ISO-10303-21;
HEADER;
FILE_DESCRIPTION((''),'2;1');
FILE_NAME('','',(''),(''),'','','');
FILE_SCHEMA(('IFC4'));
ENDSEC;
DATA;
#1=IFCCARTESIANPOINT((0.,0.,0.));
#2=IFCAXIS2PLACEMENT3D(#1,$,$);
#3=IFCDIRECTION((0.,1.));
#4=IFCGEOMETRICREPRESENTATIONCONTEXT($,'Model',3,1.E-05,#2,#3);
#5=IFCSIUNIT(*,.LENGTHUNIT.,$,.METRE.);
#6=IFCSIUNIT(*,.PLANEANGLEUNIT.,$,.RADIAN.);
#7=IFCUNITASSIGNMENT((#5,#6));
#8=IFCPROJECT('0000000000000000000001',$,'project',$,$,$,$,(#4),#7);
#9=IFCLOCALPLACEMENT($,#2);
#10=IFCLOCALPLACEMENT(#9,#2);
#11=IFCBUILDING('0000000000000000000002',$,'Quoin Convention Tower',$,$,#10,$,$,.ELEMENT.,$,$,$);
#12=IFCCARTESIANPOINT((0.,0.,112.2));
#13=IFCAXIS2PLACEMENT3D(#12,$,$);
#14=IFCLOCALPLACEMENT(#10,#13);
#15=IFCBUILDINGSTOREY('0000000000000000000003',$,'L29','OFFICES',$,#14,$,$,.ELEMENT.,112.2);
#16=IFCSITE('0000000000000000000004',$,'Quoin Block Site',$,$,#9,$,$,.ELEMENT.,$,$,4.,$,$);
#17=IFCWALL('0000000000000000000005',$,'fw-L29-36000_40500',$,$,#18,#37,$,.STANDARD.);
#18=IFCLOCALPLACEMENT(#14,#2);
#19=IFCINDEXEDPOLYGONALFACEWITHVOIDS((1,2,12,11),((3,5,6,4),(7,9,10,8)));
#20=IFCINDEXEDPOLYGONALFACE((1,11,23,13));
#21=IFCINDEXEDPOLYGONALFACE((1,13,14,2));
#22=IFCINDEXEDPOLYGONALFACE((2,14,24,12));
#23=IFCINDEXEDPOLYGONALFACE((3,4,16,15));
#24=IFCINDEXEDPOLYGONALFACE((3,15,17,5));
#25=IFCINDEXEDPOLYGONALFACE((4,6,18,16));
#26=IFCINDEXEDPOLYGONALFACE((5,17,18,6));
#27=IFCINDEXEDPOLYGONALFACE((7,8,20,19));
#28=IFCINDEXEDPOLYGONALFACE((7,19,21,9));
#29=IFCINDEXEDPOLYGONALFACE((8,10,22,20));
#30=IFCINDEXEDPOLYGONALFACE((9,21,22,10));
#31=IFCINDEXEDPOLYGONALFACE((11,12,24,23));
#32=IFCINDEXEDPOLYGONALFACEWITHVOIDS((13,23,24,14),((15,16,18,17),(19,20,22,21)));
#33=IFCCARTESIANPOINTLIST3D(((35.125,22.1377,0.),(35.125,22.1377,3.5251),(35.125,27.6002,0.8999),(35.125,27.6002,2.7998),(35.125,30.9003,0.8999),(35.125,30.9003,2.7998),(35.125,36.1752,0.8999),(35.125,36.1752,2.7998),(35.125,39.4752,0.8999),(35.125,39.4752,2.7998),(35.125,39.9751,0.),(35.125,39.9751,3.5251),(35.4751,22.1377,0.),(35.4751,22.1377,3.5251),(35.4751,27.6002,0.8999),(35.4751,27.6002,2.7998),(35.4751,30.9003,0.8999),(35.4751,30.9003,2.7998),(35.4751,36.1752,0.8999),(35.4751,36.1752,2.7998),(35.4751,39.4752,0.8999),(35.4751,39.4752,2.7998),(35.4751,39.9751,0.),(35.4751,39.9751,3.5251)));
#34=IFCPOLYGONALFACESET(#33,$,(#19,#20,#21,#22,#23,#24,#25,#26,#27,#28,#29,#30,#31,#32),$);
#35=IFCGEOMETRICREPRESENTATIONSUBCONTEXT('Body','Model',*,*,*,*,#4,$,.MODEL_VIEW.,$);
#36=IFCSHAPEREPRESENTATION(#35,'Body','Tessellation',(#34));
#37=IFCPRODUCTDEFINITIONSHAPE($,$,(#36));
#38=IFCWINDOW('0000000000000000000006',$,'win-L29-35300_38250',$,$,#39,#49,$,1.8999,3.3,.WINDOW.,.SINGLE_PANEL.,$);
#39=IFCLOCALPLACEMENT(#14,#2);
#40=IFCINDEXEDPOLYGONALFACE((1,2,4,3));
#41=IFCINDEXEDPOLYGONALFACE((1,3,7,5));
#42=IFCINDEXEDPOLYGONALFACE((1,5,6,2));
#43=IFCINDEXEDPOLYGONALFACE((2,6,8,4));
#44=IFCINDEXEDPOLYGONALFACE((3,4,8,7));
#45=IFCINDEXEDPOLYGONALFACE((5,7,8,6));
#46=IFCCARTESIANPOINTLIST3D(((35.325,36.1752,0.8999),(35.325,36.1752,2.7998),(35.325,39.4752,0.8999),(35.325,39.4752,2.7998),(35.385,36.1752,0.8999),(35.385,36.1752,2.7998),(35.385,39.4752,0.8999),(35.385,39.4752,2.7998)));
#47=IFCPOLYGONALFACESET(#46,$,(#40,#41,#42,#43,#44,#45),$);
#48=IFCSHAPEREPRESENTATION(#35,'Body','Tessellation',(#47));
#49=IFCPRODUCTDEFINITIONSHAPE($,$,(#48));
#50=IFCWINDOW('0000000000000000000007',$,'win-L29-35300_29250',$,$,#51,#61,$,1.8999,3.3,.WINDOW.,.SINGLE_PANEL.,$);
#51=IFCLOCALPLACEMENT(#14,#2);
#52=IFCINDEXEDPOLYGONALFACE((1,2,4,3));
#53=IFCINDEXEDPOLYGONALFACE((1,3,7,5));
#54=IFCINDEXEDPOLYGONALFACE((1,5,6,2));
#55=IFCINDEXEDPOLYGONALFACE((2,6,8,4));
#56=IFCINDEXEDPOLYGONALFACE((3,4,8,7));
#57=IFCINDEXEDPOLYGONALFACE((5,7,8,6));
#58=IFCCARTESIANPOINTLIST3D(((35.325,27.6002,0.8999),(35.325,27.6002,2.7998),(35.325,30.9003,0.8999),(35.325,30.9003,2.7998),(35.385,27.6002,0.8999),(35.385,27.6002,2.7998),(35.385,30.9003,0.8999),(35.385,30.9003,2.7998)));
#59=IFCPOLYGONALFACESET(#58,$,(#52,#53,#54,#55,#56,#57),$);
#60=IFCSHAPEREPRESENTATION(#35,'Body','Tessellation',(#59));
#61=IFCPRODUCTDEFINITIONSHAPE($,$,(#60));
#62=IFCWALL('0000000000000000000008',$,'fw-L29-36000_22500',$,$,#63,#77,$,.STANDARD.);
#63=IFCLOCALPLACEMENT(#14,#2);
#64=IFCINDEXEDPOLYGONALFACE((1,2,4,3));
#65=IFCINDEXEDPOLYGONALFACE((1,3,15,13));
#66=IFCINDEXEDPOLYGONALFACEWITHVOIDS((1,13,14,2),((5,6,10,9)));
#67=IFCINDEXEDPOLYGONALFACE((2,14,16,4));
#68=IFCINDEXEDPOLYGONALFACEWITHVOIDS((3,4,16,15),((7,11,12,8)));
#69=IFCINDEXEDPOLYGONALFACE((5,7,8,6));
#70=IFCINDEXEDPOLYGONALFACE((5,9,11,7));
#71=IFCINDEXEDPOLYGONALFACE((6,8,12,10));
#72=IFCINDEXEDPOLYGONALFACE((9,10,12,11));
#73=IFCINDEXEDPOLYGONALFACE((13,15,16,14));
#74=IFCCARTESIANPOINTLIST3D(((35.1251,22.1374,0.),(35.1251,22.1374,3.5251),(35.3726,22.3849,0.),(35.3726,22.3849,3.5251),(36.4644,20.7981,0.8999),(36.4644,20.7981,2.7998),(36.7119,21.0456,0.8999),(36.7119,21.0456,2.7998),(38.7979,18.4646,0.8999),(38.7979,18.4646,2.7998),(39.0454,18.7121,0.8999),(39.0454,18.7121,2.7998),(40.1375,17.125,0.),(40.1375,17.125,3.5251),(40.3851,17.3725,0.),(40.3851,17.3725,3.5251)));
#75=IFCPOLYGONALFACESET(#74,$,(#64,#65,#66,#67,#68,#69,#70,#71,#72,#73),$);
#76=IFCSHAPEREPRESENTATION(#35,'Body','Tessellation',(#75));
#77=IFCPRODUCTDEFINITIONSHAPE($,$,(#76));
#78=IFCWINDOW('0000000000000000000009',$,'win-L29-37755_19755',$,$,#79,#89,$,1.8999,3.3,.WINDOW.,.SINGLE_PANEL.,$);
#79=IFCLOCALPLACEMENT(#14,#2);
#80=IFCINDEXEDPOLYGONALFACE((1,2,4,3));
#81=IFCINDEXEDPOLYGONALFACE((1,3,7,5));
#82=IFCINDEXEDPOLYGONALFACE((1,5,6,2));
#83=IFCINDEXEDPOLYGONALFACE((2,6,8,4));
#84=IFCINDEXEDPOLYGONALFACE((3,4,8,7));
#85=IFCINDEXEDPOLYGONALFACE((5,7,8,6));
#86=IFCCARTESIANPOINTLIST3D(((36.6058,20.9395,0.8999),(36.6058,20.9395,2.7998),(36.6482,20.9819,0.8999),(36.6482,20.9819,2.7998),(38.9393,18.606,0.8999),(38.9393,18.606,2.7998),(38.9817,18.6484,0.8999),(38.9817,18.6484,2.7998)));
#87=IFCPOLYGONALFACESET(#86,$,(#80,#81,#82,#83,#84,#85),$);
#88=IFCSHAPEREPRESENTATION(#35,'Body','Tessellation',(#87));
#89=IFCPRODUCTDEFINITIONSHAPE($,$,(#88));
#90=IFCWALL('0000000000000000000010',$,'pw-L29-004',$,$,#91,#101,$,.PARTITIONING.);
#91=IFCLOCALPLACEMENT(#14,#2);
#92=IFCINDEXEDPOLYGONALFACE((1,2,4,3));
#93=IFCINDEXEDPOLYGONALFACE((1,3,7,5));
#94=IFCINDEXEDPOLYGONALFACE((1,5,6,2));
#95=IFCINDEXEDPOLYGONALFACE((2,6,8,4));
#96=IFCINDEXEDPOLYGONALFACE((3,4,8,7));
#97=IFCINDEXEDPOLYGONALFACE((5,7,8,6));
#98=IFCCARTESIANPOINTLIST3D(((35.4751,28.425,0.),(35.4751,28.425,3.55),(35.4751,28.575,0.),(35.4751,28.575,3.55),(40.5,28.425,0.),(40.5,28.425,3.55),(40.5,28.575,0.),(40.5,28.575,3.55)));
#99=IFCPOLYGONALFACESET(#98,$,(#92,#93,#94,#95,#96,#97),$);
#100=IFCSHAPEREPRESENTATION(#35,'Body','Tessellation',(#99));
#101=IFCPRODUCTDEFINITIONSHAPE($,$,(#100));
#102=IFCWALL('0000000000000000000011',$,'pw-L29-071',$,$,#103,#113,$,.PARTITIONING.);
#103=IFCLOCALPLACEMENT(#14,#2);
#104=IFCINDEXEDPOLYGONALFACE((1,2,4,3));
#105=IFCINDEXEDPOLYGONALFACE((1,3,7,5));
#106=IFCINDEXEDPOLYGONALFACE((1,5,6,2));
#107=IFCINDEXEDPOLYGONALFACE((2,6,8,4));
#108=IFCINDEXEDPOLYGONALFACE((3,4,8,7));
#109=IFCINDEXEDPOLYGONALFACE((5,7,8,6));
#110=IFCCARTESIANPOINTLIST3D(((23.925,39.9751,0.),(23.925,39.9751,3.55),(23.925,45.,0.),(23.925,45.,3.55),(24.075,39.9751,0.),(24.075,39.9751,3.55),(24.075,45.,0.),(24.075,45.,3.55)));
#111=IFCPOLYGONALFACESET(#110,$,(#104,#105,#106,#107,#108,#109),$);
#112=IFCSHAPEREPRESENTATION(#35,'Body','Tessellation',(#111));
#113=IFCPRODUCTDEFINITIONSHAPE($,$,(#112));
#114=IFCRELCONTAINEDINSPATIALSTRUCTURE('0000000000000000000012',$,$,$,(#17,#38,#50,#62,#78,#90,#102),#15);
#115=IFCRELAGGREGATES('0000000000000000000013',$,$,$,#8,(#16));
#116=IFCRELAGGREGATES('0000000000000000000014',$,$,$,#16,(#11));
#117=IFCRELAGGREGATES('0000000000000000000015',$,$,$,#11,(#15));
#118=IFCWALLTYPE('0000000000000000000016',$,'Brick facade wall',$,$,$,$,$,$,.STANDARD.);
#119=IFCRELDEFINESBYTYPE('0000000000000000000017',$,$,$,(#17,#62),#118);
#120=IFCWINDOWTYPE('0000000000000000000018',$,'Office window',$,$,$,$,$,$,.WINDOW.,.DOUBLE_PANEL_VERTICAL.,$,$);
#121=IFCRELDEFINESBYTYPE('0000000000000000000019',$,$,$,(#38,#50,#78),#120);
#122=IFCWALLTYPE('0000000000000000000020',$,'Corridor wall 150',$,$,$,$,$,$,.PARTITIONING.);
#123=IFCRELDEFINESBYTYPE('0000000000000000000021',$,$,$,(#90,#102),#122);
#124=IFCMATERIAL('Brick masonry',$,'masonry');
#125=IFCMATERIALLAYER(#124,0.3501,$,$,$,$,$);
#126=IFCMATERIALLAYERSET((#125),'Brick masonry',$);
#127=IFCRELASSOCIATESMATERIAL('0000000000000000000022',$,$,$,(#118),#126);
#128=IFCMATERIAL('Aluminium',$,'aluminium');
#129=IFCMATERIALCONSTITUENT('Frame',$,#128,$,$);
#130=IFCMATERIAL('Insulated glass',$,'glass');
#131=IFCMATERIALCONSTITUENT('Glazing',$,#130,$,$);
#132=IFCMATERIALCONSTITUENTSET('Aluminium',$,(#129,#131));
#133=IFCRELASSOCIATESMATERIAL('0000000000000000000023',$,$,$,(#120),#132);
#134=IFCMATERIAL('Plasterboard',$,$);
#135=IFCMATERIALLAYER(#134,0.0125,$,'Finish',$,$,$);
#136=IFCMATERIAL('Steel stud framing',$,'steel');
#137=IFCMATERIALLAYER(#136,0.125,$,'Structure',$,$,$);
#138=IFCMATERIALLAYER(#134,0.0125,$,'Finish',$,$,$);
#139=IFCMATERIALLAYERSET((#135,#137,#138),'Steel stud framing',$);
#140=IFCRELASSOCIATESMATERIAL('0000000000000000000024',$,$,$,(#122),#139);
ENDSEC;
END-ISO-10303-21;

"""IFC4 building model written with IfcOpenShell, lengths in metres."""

from ifc_helpers import new_model, si_unit, direction, frame, frame_2d, origin, place, context, subcontext, project, spatial, rectangle, extrude, material, layer, layer_set, constituent, constituent_set, type_object, element, fill, save


model = new_model("IFC4")

# Units and contexts
model_context = context("Model", 3, precision=1e-05, world=origin(), true_north=direction((0.0, 1.0)))
body_context = subcontext(model_context, "Body", "Model", "MODEL_VIEW")
ifc_project = project(units=[si_unit("LENGTHUNIT", "METRE"), si_unit("PLANEANGLEUNIT", "RADIAN")], contexts=[model_context])

# Site, building, storey
site_placement = place(None, origin())
site = spatial("IfcSite", under=ifc_project, at=site_placement, Name="Quoin Block Site", CompositionType="ELEMENT", RefElevation=4.0)
building_placement = place(site_placement, origin())
building = spatial("IfcBuilding", under=site, at=building_placement, Name="Quoin Convention Tower", CompositionType="ELEMENT")
storey_placement = place(building_placement, frame((0.0, 0.0, 112.2)))
storey = spatial("IfcBuildingStorey", under=building, at=storey_placement, Name="L29", Description="OFFICES", CompositionType="ELEMENT", Elevation=112.2)

# Wall, openings, windows
ifc_material_1 = material(Name="Brick masonry", Category="masonry")
ifc_layer_1 = layer(ifc_material_1, 0.3501)
ifc_layer_set_1 = layer_set([ifc_layer_1], Name="Brick masonry")
wall_type_1 = type_object("IfcWallType", Name="Brick facade wall", PredefinedType="STANDARD", material=ifc_layer_set_1)
ifc_material_2 = material(Name="Aluminium", Category="aluminium")
ifc_constituent_1 = constituent(ifc_material_2, Name="Frame")
ifc_material_3 = material(Name="Insulated glass", Category="glass")
ifc_constituent_2 = constituent(ifc_material_3, Name="Glazing")
ifc_constituent_set = constituent_set(constituents=[ifc_constituent_1, ifc_constituent_2], Name="Aluminium")
window_type = type_object("IfcWindowType", Name="Office window", PartitioningType="DOUBLE_PANEL_VERTICAL", PredefinedType="WINDOW", material=ifc_constituent_set)
wall_1_placement = place(storey_placement, frame((35.3, 39.9751, 0.0), z_axis=(0.0, 0.0, 1.0), x_axis=(0.0, -1.0, 0.0)))
wall_1 = element("IfcWall", 1, at=wall_1_placement, inside=storey, type_object=wall_type_1, Name="fw-L29-36000_40500", PredefinedType="STANDARD", context=body_context, shape_type="SweptSolid", body=[
    extrude(rectangle(XDim=17.8374, YDim=0.3501, at=frame_2d((8.9187, 0.0))), origin(), (0.0, 0.0, 1.0), 3.5251),
])
opening_1_placement = place(wall_1_placement, frame((0.5, 0.0, 0.8999)))
opening_1 = element("IfcOpeningElement", 2, at=opening_1_placement, cuts=wall_1, PredefinedType="OPENING", context=body_context, shape_type="SweptSolid", body=[
    extrude(rectangle(XDim=3.3, YDim=1.8999, at=frame_2d((1.6499, 0.95))), frame((0.0, 0.1851, 0.0), z_axis=(0.0, -1.0, 0.0), x_axis=(1.0, 0.0, 0.0)), (0.0, 0.0, 1.0), 0.3701),
])
opening_2_placement = place(wall_1_placement, frame((9.075, 0.0, 0.8999)))
opening_2 = element("IfcOpeningElement", 3, at=opening_2_placement, cuts=wall_1, PredefinedType="OPENING", context=body_context, shape_type="SweptSolid", body=[
    extrude(rectangle(XDim=3.3, YDim=1.8999, at=frame_2d((1.6499, 0.95))), frame((0.0, 0.1851, 0.0), z_axis=(0.0, -1.0, 0.0), x_axis=(1.0, 0.0, 0.0)), (0.0, 0.0, 1.0), 0.3701),
])
window_1_placement = place(opening_1_placement, origin())
window_1 = element("IfcWindow", 4, at=window_1_placement, inside=storey, type_object=window_type, Name="win-L29-35300_38250", OverallHeight=1.8999, OverallWidth=3.3, PartitioningType="SINGLE_PANEL", PredefinedType="WINDOW", context=body_context, shape_type="SweptSolid", body=[
    extrude(rectangle(XDim=3.3, YDim=1.8999, at=frame_2d((1.6499, 0.95))), frame((0.0, 0.085, 0.0), z_axis=(0.0, -1.0, 0.0), x_axis=(1.0, 0.0, 0.0)), (0.0, 0.0, 1.0), 0.0601),
])
fill(opening_1, window_1)
window_2_placement = place(opening_2_placement, origin())
window_2 = element("IfcWindow", 5, at=window_2_placement, inside=storey, type_object=window_type, Name="win-L29-35300_29250", OverallHeight=1.8999, OverallWidth=3.3, PartitioningType="SINGLE_PANEL", PredefinedType="WINDOW", context=body_context, shape_type="SweptSolid", body=[
    extrude(rectangle(XDim=3.3, YDim=1.8999, at=frame_2d((1.6499, 0.95))), frame((0.0, 0.085, 0.0), z_axis=(0.0, -1.0, 0.0), x_axis=(1.0, 0.0, 0.0)), (0.0, 0.0, 1.0), 0.0601),
])
fill(opening_2, window_2)

# Wall, opening, window
wall_2_placement = place(storey_placement, frame((35.2488, 22.2612, 0.0), z_axis=(0.0, 0.0, 1.0), x_axis=(0.707107, -0.707107, 0.0)))
wall_2 = element("IfcWall", 6, at=wall_2_placement, inside=storey, type_object=wall_type_1, Name="fw-L29-36000_22500", PredefinedType="STANDARD", context=body_context, shape_type="SweptSolid", body=[
    extrude(rectangle(XDim=7.0886, YDim=0.3501, at=frame_2d((3.5444, 0.0))), origin(), (0.0, 0.0, 1.0), 3.5251),
])
opening_3_placement = place(wall_2_placement, frame((1.8943, 0.0, 0.8999)))
opening_3 = element("IfcOpeningElement", 7, at=opening_3_placement, cuts=wall_2, PredefinedType="OPENING", context=body_context, shape_type="SweptSolid", body=[
    extrude(rectangle(XDim=3.3, YDim=1.8999, at=frame_2d((1.6499, 0.95))), frame((0.0, 0.1851, 0.0), z_axis=(0.0, -1.0, 0.0), x_axis=(1.0, 0.0, 0.0)), (0.0, 0.0, 1.0), 0.3701),
])
window_3_placement = place(opening_3_placement, origin())
window_3 = element("IfcWindow", 8, at=window_3_placement, inside=storey, type_object=window_type, Name="win-L29-37755_19755", OverallHeight=1.8999, OverallWidth=3.3, PartitioningType="SINGLE_PANEL", PredefinedType="WINDOW", context=body_context, shape_type="SweptSolid", body=[
    extrude(rectangle(XDim=3.3, YDim=1.8999, at=frame_2d((1.6499, 0.95))), frame((0.0, 0.085, 0.0), z_axis=(0.0, -1.0, 0.0), x_axis=(1.0, 0.0, 0.0)), (0.0, 0.0, 1.0), 0.0601),
])
fill(opening_3, window_3)

# Walls
ifc_material_4 = material(Name="Plasterboard")
ifc_layer_2 = layer(ifc_material_4, 0.0125, Name="Finish")
ifc_material_5 = material(Name="Steel stud framing", Category="steel")
ifc_layer_3 = layer(ifc_material_5, 0.125, Name="Structure")
ifc_layer_4 = layer(ifc_material_4, 0.0125, Name="Finish")
ifc_layer_set_2 = layer_set([ifc_layer_2, ifc_layer_3, ifc_layer_4], Name="Steel stud framing")
wall_type_2 = type_object("IfcWallType", Name="Corridor wall 150", PredefinedType="PARTITIONING", material=ifc_layer_set_2)
for number, where, z_axis, x_axis, name in (
    (9, (35.4751, 28.5, 0.0), (0.0, 0.0, 1.0), (1.0, 0.0, 0.0), "pw-L29-004"),
    (10, (24.0, 39.9751, 0.0), (0.0, 0.0, 1.0), (0.0, 1.0, 0.0), "pw-L29-071"),
):
    element("IfcWall", number, at=place(storey_placement, frame(where, z_axis=z_axis, x_axis=x_axis)), inside=storey, type_object=wall_type_2, Name=name, PredefinedType="PARTITIONING", context=body_context, shape_type="SweptSolid", body=[
        extrude(rectangle(XDim=5.0249, YDim=0.1499, at=frame_2d((2.5125, 0.0))), origin(), (0.0, 0.0, 1.0), 3.55),
    ])

save(model, "model.ifc")
